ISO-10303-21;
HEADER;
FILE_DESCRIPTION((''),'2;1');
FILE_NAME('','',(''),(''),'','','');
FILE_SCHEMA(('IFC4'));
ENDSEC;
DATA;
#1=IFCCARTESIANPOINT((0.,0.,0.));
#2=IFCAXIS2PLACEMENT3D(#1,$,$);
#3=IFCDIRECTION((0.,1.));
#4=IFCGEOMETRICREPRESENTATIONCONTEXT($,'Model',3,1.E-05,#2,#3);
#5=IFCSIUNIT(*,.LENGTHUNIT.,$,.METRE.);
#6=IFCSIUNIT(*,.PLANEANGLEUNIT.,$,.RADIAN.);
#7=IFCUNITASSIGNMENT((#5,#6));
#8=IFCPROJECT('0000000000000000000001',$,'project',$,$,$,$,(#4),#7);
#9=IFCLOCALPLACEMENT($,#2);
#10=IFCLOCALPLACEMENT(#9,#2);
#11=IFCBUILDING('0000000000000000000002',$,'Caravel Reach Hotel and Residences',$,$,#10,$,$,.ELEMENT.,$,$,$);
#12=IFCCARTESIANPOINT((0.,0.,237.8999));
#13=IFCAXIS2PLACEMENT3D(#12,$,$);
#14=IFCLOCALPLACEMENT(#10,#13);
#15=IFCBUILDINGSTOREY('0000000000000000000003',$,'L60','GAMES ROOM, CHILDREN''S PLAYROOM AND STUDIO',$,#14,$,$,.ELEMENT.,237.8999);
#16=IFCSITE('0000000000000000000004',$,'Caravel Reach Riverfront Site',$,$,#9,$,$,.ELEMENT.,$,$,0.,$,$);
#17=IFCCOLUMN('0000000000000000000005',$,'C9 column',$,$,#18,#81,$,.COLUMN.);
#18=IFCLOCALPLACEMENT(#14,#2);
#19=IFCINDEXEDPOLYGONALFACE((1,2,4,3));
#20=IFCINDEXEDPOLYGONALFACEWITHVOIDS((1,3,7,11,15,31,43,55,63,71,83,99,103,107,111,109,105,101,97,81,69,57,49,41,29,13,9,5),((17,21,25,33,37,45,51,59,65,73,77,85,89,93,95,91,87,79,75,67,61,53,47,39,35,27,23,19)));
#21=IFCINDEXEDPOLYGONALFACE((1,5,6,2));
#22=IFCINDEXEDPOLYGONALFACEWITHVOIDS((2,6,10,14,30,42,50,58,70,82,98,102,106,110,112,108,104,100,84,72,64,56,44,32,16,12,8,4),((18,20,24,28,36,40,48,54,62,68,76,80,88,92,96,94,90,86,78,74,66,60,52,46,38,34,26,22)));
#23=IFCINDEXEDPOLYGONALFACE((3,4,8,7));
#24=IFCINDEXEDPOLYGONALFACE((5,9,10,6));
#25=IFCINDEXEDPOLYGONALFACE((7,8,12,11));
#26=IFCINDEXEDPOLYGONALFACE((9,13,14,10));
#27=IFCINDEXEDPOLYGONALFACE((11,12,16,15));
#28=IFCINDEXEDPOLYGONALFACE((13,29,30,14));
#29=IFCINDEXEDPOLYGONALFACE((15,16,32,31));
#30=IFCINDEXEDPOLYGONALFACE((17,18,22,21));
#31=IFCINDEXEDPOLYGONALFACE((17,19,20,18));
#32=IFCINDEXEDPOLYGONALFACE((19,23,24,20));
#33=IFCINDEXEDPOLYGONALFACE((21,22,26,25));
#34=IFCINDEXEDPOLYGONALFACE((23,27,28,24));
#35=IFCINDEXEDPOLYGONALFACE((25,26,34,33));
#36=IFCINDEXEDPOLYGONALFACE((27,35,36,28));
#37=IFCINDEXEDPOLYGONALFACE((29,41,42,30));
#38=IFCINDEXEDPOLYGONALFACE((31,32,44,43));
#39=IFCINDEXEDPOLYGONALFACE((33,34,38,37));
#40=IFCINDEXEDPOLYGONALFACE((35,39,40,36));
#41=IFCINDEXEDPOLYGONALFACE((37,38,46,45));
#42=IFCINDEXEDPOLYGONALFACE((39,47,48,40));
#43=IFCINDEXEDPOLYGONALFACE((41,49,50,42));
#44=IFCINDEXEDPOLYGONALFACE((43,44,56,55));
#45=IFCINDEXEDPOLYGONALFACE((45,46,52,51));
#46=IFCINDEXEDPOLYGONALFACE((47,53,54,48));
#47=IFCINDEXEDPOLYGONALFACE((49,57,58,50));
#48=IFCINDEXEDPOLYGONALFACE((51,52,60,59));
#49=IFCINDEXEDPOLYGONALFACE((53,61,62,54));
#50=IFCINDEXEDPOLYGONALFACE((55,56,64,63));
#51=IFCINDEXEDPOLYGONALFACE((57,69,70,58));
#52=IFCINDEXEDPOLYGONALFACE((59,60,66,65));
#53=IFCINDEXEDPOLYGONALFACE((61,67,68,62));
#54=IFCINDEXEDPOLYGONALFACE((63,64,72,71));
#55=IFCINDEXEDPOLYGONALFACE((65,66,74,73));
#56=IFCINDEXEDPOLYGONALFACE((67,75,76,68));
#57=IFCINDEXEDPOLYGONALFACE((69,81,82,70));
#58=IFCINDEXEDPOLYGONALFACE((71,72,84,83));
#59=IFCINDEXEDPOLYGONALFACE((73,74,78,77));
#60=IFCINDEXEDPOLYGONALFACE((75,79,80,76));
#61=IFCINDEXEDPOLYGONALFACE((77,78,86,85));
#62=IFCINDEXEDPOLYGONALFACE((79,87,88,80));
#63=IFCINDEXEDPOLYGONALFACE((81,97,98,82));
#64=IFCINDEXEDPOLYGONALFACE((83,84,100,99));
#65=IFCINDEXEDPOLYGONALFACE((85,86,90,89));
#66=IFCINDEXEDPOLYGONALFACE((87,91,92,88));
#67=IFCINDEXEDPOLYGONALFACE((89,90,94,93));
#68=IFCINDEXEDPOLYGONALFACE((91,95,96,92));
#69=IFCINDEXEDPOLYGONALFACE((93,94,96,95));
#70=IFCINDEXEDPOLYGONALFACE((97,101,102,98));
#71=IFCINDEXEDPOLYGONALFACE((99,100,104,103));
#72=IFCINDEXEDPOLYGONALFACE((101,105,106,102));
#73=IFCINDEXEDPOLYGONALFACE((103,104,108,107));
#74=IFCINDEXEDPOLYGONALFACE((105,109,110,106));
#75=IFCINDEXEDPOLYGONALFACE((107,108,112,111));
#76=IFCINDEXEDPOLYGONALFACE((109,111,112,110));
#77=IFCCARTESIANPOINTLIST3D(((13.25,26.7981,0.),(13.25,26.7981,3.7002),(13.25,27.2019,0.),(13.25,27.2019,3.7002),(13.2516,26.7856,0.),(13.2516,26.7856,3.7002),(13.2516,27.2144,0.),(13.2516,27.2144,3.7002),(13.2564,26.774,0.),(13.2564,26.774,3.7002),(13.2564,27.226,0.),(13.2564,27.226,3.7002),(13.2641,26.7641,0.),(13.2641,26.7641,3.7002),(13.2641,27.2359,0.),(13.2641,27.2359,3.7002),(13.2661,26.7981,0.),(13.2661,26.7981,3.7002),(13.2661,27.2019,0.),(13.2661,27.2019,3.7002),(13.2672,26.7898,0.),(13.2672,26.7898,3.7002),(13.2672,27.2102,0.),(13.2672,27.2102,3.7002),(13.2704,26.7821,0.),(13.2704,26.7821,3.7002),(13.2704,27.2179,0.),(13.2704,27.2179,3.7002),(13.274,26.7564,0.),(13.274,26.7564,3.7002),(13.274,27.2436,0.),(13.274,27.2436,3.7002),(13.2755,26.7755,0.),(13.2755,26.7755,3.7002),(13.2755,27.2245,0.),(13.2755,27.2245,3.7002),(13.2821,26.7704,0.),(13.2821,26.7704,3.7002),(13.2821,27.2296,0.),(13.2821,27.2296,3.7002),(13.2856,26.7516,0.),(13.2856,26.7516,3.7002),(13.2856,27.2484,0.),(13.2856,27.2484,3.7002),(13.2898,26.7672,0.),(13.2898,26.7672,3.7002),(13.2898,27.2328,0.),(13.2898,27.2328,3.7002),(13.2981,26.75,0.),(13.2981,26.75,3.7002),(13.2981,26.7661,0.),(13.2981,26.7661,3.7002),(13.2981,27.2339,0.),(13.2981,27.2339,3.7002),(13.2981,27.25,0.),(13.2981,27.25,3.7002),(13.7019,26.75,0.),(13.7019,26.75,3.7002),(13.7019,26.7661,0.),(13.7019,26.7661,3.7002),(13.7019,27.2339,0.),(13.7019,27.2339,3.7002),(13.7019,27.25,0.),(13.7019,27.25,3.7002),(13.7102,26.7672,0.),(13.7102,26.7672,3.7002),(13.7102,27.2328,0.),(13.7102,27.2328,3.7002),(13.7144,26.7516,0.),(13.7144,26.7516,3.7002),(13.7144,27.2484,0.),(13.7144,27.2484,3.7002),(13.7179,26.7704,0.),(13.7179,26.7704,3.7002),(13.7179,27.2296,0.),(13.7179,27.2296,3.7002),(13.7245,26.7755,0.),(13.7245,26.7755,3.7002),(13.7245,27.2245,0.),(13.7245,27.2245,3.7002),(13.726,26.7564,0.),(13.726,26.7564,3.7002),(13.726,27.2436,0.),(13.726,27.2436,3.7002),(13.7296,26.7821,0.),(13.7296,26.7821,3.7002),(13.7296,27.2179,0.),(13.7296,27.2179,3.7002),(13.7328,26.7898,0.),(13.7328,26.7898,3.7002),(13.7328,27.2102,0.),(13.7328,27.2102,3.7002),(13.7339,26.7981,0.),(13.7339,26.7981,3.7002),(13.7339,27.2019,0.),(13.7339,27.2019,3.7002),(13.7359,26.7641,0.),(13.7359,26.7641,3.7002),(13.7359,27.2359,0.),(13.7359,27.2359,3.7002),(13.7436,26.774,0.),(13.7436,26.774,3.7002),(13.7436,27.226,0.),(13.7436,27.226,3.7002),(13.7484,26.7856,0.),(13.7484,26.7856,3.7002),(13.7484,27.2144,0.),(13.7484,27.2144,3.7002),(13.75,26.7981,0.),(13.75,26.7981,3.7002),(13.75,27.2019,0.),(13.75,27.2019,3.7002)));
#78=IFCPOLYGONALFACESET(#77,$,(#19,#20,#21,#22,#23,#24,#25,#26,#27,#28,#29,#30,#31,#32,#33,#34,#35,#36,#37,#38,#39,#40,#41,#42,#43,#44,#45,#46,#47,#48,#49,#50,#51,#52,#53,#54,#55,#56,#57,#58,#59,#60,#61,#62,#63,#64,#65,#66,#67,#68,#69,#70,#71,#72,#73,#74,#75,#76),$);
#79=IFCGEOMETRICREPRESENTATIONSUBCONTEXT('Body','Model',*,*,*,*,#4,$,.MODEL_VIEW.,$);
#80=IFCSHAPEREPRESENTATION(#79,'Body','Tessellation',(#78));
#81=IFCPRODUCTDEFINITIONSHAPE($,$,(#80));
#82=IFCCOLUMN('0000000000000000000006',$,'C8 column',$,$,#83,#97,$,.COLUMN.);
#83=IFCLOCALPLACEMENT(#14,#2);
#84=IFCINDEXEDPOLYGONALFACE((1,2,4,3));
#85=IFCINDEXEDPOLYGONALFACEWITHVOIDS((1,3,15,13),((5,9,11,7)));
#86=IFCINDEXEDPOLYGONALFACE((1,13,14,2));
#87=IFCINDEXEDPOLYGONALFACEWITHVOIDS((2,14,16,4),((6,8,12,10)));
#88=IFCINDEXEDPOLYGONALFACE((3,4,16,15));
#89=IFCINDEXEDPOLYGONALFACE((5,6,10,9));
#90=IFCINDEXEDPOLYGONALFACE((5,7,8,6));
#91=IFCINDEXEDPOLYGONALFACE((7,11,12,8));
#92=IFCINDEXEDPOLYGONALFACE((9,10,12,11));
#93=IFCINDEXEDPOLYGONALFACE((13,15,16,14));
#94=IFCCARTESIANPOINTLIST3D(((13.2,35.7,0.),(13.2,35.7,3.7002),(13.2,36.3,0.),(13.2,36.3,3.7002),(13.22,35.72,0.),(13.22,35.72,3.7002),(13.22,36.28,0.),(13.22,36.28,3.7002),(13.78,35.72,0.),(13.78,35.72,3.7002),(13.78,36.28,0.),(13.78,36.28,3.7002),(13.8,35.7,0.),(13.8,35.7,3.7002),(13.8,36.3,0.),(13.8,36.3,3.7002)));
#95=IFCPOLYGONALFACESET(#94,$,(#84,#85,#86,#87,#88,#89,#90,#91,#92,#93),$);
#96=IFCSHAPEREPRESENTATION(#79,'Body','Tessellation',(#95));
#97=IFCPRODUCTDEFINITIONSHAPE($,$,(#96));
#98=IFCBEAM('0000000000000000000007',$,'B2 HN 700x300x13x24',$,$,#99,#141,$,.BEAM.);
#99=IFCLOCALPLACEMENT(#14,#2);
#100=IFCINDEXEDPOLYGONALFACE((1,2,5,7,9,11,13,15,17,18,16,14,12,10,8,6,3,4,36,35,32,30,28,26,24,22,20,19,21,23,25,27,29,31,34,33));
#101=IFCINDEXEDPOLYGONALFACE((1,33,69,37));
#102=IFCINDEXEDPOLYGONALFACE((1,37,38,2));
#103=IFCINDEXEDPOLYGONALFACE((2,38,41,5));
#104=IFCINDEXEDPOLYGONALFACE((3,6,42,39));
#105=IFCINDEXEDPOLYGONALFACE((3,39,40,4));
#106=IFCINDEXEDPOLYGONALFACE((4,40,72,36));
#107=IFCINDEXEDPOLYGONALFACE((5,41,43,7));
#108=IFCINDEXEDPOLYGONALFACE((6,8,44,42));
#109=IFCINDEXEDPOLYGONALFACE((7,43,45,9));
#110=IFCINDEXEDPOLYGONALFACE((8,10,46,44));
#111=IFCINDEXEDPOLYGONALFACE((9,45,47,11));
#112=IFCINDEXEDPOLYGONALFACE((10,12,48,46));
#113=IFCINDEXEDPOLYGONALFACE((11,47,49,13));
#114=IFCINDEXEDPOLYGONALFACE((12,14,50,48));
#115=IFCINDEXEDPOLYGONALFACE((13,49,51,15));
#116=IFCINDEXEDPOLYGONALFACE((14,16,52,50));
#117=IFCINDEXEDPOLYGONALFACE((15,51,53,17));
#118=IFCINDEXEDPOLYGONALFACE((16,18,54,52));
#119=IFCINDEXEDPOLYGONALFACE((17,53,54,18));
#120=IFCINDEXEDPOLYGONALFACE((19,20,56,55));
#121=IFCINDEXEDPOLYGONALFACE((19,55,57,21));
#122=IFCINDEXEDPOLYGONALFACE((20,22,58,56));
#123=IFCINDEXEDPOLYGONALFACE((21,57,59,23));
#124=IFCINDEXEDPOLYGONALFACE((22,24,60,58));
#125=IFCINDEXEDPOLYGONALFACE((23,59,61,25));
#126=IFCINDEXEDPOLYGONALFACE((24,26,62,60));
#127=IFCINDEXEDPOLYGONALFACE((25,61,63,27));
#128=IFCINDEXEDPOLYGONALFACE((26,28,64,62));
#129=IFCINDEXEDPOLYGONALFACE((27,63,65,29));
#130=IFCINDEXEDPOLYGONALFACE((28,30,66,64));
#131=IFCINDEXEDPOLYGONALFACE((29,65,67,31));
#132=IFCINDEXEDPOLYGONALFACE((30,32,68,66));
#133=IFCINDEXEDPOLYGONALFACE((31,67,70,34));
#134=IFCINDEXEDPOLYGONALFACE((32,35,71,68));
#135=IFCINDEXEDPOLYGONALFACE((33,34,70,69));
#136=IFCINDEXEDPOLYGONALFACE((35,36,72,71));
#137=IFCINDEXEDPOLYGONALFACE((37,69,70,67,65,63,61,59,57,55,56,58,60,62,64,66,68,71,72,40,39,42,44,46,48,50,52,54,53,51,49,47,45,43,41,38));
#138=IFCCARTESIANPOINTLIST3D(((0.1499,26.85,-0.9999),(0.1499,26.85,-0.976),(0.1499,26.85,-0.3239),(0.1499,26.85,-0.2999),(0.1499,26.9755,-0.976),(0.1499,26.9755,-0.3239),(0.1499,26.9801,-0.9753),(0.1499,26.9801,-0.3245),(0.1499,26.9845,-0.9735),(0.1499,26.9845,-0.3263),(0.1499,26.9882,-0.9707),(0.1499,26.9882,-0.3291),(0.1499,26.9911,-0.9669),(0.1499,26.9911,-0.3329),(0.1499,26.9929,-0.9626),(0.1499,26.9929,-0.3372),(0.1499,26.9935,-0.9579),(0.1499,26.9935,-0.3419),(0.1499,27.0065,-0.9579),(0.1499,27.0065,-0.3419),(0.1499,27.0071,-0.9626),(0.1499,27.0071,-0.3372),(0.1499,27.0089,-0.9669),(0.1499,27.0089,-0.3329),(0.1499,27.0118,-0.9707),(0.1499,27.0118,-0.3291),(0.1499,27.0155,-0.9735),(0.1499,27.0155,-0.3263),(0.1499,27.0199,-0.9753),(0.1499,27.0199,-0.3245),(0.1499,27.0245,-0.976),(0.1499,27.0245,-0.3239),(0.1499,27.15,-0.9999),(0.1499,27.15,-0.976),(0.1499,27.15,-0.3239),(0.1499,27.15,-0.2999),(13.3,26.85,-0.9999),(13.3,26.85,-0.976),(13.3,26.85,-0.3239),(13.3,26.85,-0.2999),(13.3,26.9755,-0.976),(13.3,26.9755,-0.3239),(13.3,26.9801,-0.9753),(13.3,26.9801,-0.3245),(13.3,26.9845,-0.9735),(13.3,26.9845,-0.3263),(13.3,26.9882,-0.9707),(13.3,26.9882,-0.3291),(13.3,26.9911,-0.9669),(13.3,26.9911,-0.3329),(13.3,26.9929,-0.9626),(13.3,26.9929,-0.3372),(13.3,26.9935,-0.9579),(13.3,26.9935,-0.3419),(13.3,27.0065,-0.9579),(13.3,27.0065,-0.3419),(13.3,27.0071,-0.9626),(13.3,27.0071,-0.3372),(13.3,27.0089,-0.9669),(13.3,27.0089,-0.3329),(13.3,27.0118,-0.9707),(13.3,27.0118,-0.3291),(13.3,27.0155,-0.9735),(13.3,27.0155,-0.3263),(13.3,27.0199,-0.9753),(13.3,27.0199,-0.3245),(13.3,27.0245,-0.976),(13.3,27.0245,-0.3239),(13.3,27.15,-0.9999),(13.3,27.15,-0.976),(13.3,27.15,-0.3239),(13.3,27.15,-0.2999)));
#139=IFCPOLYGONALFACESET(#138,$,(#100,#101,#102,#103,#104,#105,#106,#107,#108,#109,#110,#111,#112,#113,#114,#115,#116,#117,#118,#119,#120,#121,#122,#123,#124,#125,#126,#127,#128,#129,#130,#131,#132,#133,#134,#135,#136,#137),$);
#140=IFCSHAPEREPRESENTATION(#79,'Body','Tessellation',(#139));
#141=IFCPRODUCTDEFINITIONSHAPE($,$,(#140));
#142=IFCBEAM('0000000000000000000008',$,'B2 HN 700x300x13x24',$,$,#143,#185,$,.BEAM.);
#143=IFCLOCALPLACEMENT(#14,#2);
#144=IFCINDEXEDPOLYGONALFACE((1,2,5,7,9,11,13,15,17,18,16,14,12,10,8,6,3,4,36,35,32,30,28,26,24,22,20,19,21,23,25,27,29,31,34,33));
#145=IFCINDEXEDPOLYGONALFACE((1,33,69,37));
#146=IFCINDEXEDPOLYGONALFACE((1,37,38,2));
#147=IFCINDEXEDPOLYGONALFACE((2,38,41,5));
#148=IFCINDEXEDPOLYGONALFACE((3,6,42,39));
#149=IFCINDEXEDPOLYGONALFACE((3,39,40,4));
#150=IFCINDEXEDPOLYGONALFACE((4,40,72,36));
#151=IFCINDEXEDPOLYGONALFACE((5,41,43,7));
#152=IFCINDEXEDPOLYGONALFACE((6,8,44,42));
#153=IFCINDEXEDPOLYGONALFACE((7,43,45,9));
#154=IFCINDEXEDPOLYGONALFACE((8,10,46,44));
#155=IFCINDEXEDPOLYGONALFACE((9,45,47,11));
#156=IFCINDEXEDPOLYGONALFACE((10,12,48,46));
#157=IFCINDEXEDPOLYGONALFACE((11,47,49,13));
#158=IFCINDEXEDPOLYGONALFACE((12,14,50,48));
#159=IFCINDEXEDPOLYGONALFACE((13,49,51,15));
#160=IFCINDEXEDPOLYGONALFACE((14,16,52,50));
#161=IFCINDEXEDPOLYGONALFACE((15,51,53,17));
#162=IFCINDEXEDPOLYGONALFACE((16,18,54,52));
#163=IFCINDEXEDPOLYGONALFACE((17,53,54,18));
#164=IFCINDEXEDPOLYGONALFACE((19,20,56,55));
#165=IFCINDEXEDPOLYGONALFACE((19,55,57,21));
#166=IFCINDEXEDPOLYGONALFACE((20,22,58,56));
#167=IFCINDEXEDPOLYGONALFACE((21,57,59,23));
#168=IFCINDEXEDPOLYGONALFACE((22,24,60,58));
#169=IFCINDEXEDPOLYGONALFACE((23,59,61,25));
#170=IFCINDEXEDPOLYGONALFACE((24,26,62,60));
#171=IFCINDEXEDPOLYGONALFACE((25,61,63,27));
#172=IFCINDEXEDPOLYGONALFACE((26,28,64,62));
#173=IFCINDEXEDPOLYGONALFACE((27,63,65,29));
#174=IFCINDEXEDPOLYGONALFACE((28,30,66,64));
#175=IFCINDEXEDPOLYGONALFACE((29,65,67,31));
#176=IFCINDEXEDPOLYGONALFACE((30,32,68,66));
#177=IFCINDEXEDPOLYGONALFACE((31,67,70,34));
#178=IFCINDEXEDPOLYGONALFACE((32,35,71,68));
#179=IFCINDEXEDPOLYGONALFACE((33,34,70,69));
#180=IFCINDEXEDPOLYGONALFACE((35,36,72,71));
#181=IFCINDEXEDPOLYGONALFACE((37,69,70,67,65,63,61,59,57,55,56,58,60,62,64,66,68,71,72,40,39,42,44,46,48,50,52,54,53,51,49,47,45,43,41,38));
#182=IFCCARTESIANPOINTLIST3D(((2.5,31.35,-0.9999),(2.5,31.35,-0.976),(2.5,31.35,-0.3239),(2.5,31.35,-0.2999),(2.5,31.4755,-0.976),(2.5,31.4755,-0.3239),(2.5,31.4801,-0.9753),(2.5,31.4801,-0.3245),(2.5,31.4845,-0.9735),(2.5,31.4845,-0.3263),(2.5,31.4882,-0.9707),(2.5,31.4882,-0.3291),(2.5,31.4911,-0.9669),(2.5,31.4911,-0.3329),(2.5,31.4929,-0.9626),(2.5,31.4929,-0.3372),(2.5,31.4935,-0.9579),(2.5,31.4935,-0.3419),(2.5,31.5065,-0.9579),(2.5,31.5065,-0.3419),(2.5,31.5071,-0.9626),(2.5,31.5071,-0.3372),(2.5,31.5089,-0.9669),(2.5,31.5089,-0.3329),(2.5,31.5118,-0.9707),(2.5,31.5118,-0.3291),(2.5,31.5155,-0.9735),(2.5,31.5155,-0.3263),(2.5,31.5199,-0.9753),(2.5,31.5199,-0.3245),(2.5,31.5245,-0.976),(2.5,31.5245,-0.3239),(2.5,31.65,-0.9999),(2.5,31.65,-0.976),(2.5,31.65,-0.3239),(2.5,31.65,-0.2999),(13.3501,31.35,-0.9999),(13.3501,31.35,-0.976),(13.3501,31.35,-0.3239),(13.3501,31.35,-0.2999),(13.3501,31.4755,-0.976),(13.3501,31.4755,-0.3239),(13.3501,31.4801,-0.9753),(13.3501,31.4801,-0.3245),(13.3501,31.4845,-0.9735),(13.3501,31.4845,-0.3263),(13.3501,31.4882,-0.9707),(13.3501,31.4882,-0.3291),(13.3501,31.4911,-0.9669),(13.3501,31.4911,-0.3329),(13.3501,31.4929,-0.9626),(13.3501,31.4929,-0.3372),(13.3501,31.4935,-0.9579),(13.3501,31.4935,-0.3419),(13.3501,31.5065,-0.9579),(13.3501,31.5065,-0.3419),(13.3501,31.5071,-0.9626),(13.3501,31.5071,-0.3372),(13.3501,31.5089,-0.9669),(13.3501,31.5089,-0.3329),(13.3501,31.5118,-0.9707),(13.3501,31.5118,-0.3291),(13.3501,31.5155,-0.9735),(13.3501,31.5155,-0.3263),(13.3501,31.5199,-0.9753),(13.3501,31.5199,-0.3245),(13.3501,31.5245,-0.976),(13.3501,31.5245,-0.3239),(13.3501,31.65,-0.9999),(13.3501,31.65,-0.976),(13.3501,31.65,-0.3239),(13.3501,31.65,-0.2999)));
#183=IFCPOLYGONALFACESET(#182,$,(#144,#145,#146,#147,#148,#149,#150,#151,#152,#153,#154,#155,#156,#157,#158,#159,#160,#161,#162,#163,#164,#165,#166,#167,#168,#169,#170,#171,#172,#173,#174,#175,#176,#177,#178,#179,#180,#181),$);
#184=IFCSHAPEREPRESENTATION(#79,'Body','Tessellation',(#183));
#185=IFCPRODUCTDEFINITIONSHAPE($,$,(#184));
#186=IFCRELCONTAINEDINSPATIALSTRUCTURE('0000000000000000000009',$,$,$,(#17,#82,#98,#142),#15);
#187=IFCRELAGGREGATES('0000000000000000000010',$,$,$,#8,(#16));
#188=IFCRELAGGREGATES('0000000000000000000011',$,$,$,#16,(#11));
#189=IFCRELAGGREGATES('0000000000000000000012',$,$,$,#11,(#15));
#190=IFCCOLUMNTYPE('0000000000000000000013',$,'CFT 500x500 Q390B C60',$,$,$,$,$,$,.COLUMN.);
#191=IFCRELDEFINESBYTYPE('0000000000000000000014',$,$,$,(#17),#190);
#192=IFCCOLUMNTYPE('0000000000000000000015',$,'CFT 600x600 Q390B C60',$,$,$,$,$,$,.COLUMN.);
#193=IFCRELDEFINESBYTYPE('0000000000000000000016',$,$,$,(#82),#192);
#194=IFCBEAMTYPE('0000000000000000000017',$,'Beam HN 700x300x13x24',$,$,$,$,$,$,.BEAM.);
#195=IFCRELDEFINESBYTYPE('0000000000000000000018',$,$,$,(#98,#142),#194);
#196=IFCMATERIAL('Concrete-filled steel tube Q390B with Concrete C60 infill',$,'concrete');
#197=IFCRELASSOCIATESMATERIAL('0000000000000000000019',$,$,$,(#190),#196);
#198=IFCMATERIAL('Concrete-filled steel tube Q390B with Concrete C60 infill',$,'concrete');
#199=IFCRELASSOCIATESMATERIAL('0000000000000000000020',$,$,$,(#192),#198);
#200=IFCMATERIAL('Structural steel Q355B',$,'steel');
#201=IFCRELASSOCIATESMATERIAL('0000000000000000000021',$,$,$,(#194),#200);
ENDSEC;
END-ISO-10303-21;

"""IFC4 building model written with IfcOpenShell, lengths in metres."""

from ifc_helpers import new_model, si_unit, direction, frame, origin, origin_2d, place, context, subcontext, project, spatial, hollow_rectangle, i_section, extrude, material, material_profile, profile_set, type_object, element, save


model = new_model("IFC4")

# Units and contexts
model_context = context("Model", 3, precision=1e-05, world=origin(), true_north=direction((0.0, 1.0)))
body_context = subcontext(model_context, "Body", "Model", "MODEL_VIEW")
ifc_project = project(units=[si_unit("LENGTHUNIT", "METRE"), si_unit("PLANEANGLEUNIT", "RADIAN")], contexts=[model_context])

# Site, building, storey
site_placement = place(None, origin())
site = spatial("IfcSite", under=ifc_project, at=site_placement, Name="Caravel Reach Riverfront Site", CompositionType="ELEMENT", RefElevation=0.0)
building_placement = place(site_placement, origin())
building = spatial("IfcBuilding", under=site, at=building_placement, Name="Caravel Reach Hotel and Residences", CompositionType="ELEMENT")
storey_placement = place(building_placement, frame((0.0, 0.0, 237.8999)))
storey = spatial("IfcBuildingStorey", under=building, at=storey_placement, Name="L60", Description="GAMES ROOM, CHILDREN'S PLAYROOM AND STUDIO", CompositionType="ELEMENT", Elevation=237.8999)

# Columns
ifc_material_1 = material(Name="Concrete-filled steel tube Q390B with Concrete C60 infill", Category="concrete")
ifc_material_profile_1 = material_profile(ifc_material_1, hollow_rectangle(XDim=0.5, YDim=0.5, WallThickness=0.0161, InnerFilletRadius=0.032, OuterFilletRadius=0.0481, at=origin_2d()), Name="RHS 500x500x16")
ifc_profile_set_1 = profile_set([ifc_material_profile_1], Name="Concrete-filled steel tube Q390B with Concrete C60 infill")
column_type_1 = type_object("IfcColumnType", Name="CFT 500x500 Q390B C60", PredefinedType="COLUMN", material=ifc_profile_set_1)
column_1_placement = place(storey_placement, frame((13.5, 27.0, 0.0), z_axis=(0.0, 0.0, 1.0), x_axis=(1.0, 0.0, 0.0)))
element("IfcColumn", 1, at=column_1_placement, inside=storey, type_object=column_type_1, Name="C9 column", PredefinedType="COLUMN", context=body_context, shape_type="SweptSolid", body=[
    extrude(hollow_rectangle(XDim=0.5, YDim=0.5, WallThickness=0.0161, InnerFilletRadius=0.032, OuterFilletRadius=0.0481, at=origin_2d()), origin(), (0.0, 0.0, 1.0), 3.7002),
])
ifc_material_2 = material(Name="Concrete-filled steel tube Q390B with Concrete C60 infill", Category="concrete")
ifc_material_profile_2 = material_profile(ifc_material_2, hollow_rectangle(XDim=0.6001, YDim=0.6001, WallThickness=0.02, at=origin_2d()), Name="RHS 600x600x20")
ifc_profile_set_2 = profile_set([ifc_material_profile_2], Name="Concrete-filled steel tube Q390B with Concrete C60 infill")
column_type_2 = type_object("IfcColumnType", Name="CFT 600x600 Q390B C60", PredefinedType="COLUMN", material=ifc_profile_set_2)
column_2_placement = place(storey_placement, frame((13.5, 36.0, 0.0), z_axis=(0.0, 0.0, 1.0), x_axis=(1.0, 0.0, 0.0)))
element("IfcColumn", 2, at=column_2_placement, inside=storey, type_object=column_type_2, Name="C8 column", PredefinedType="COLUMN", context=body_context, shape_type="SweptSolid", body=[
    extrude(hollow_rectangle(XDim=0.6001, YDim=0.6001, WallThickness=0.02, at=origin_2d()), origin(), (0.0, 0.0, 1.0), 3.7002),
])

# Beams
ifc_material_3 = material(Name="Structural steel Q355B", Category="steel")
ifc_material_profile_3 = material_profile(ifc_material_3, i_section(OverallWidth=0.3, OverallDepth=0.7, WebThickness=0.0129, FlangeThickness=0.0239, FilletRadius=0.0181, at=origin_2d()), Name="HN 700x300x13x24")
ifc_profile_set_3 = profile_set([ifc_material_profile_3], Name="Structural steel Q355B")
beam_type_1 = type_object("IfcBeamType", Name="Beam HN 700x300x13x24", PredefinedType="BEAM", material=ifc_profile_set_3)
beam_1_placement = place(storey_placement, frame((13.3, 27.0, -0.6499), z_axis=(-1.0, 0.0, 0.0), x_axis=(0.0, -1.0, 0.0)))
element("IfcBeam", 3, at=beam_1_placement, inside=storey, type_object=beam_type_1, Name="B2 HN 700x300x13x24", PredefinedType="BEAM", context=body_context, shape_type="SweptSolid", body=[
    extrude(i_section(OverallWidth=0.3, OverallDepth=0.7, WebThickness=0.0129, FlangeThickness=0.0239, FilletRadius=0.0181, at=origin_2d()), origin(), (0.0, 0.0, 1.0), 13.1501),
])
beam_2_placement = place(storey_placement, frame((13.3501, 31.5, -0.6499), z_axis=(-1.0, 0.0, 0.0), x_axis=(0.0, -1.0, 0.0)))
element("IfcBeam", 4, at=beam_2_placement, inside=storey, type_object=beam_type_1, Name="B2 HN 700x300x13x24", PredefinedType="BEAM", context=body_context, shape_type="SweptSolid", body=[
    extrude(i_section(OverallWidth=0.3, OverallDepth=0.7, WebThickness=0.0129, FlangeThickness=0.0239, FilletRadius=0.0181, at=origin_2d()), origin(), (0.0, 0.0, 1.0), 10.8501),
])

save(model, "model.ifc")
